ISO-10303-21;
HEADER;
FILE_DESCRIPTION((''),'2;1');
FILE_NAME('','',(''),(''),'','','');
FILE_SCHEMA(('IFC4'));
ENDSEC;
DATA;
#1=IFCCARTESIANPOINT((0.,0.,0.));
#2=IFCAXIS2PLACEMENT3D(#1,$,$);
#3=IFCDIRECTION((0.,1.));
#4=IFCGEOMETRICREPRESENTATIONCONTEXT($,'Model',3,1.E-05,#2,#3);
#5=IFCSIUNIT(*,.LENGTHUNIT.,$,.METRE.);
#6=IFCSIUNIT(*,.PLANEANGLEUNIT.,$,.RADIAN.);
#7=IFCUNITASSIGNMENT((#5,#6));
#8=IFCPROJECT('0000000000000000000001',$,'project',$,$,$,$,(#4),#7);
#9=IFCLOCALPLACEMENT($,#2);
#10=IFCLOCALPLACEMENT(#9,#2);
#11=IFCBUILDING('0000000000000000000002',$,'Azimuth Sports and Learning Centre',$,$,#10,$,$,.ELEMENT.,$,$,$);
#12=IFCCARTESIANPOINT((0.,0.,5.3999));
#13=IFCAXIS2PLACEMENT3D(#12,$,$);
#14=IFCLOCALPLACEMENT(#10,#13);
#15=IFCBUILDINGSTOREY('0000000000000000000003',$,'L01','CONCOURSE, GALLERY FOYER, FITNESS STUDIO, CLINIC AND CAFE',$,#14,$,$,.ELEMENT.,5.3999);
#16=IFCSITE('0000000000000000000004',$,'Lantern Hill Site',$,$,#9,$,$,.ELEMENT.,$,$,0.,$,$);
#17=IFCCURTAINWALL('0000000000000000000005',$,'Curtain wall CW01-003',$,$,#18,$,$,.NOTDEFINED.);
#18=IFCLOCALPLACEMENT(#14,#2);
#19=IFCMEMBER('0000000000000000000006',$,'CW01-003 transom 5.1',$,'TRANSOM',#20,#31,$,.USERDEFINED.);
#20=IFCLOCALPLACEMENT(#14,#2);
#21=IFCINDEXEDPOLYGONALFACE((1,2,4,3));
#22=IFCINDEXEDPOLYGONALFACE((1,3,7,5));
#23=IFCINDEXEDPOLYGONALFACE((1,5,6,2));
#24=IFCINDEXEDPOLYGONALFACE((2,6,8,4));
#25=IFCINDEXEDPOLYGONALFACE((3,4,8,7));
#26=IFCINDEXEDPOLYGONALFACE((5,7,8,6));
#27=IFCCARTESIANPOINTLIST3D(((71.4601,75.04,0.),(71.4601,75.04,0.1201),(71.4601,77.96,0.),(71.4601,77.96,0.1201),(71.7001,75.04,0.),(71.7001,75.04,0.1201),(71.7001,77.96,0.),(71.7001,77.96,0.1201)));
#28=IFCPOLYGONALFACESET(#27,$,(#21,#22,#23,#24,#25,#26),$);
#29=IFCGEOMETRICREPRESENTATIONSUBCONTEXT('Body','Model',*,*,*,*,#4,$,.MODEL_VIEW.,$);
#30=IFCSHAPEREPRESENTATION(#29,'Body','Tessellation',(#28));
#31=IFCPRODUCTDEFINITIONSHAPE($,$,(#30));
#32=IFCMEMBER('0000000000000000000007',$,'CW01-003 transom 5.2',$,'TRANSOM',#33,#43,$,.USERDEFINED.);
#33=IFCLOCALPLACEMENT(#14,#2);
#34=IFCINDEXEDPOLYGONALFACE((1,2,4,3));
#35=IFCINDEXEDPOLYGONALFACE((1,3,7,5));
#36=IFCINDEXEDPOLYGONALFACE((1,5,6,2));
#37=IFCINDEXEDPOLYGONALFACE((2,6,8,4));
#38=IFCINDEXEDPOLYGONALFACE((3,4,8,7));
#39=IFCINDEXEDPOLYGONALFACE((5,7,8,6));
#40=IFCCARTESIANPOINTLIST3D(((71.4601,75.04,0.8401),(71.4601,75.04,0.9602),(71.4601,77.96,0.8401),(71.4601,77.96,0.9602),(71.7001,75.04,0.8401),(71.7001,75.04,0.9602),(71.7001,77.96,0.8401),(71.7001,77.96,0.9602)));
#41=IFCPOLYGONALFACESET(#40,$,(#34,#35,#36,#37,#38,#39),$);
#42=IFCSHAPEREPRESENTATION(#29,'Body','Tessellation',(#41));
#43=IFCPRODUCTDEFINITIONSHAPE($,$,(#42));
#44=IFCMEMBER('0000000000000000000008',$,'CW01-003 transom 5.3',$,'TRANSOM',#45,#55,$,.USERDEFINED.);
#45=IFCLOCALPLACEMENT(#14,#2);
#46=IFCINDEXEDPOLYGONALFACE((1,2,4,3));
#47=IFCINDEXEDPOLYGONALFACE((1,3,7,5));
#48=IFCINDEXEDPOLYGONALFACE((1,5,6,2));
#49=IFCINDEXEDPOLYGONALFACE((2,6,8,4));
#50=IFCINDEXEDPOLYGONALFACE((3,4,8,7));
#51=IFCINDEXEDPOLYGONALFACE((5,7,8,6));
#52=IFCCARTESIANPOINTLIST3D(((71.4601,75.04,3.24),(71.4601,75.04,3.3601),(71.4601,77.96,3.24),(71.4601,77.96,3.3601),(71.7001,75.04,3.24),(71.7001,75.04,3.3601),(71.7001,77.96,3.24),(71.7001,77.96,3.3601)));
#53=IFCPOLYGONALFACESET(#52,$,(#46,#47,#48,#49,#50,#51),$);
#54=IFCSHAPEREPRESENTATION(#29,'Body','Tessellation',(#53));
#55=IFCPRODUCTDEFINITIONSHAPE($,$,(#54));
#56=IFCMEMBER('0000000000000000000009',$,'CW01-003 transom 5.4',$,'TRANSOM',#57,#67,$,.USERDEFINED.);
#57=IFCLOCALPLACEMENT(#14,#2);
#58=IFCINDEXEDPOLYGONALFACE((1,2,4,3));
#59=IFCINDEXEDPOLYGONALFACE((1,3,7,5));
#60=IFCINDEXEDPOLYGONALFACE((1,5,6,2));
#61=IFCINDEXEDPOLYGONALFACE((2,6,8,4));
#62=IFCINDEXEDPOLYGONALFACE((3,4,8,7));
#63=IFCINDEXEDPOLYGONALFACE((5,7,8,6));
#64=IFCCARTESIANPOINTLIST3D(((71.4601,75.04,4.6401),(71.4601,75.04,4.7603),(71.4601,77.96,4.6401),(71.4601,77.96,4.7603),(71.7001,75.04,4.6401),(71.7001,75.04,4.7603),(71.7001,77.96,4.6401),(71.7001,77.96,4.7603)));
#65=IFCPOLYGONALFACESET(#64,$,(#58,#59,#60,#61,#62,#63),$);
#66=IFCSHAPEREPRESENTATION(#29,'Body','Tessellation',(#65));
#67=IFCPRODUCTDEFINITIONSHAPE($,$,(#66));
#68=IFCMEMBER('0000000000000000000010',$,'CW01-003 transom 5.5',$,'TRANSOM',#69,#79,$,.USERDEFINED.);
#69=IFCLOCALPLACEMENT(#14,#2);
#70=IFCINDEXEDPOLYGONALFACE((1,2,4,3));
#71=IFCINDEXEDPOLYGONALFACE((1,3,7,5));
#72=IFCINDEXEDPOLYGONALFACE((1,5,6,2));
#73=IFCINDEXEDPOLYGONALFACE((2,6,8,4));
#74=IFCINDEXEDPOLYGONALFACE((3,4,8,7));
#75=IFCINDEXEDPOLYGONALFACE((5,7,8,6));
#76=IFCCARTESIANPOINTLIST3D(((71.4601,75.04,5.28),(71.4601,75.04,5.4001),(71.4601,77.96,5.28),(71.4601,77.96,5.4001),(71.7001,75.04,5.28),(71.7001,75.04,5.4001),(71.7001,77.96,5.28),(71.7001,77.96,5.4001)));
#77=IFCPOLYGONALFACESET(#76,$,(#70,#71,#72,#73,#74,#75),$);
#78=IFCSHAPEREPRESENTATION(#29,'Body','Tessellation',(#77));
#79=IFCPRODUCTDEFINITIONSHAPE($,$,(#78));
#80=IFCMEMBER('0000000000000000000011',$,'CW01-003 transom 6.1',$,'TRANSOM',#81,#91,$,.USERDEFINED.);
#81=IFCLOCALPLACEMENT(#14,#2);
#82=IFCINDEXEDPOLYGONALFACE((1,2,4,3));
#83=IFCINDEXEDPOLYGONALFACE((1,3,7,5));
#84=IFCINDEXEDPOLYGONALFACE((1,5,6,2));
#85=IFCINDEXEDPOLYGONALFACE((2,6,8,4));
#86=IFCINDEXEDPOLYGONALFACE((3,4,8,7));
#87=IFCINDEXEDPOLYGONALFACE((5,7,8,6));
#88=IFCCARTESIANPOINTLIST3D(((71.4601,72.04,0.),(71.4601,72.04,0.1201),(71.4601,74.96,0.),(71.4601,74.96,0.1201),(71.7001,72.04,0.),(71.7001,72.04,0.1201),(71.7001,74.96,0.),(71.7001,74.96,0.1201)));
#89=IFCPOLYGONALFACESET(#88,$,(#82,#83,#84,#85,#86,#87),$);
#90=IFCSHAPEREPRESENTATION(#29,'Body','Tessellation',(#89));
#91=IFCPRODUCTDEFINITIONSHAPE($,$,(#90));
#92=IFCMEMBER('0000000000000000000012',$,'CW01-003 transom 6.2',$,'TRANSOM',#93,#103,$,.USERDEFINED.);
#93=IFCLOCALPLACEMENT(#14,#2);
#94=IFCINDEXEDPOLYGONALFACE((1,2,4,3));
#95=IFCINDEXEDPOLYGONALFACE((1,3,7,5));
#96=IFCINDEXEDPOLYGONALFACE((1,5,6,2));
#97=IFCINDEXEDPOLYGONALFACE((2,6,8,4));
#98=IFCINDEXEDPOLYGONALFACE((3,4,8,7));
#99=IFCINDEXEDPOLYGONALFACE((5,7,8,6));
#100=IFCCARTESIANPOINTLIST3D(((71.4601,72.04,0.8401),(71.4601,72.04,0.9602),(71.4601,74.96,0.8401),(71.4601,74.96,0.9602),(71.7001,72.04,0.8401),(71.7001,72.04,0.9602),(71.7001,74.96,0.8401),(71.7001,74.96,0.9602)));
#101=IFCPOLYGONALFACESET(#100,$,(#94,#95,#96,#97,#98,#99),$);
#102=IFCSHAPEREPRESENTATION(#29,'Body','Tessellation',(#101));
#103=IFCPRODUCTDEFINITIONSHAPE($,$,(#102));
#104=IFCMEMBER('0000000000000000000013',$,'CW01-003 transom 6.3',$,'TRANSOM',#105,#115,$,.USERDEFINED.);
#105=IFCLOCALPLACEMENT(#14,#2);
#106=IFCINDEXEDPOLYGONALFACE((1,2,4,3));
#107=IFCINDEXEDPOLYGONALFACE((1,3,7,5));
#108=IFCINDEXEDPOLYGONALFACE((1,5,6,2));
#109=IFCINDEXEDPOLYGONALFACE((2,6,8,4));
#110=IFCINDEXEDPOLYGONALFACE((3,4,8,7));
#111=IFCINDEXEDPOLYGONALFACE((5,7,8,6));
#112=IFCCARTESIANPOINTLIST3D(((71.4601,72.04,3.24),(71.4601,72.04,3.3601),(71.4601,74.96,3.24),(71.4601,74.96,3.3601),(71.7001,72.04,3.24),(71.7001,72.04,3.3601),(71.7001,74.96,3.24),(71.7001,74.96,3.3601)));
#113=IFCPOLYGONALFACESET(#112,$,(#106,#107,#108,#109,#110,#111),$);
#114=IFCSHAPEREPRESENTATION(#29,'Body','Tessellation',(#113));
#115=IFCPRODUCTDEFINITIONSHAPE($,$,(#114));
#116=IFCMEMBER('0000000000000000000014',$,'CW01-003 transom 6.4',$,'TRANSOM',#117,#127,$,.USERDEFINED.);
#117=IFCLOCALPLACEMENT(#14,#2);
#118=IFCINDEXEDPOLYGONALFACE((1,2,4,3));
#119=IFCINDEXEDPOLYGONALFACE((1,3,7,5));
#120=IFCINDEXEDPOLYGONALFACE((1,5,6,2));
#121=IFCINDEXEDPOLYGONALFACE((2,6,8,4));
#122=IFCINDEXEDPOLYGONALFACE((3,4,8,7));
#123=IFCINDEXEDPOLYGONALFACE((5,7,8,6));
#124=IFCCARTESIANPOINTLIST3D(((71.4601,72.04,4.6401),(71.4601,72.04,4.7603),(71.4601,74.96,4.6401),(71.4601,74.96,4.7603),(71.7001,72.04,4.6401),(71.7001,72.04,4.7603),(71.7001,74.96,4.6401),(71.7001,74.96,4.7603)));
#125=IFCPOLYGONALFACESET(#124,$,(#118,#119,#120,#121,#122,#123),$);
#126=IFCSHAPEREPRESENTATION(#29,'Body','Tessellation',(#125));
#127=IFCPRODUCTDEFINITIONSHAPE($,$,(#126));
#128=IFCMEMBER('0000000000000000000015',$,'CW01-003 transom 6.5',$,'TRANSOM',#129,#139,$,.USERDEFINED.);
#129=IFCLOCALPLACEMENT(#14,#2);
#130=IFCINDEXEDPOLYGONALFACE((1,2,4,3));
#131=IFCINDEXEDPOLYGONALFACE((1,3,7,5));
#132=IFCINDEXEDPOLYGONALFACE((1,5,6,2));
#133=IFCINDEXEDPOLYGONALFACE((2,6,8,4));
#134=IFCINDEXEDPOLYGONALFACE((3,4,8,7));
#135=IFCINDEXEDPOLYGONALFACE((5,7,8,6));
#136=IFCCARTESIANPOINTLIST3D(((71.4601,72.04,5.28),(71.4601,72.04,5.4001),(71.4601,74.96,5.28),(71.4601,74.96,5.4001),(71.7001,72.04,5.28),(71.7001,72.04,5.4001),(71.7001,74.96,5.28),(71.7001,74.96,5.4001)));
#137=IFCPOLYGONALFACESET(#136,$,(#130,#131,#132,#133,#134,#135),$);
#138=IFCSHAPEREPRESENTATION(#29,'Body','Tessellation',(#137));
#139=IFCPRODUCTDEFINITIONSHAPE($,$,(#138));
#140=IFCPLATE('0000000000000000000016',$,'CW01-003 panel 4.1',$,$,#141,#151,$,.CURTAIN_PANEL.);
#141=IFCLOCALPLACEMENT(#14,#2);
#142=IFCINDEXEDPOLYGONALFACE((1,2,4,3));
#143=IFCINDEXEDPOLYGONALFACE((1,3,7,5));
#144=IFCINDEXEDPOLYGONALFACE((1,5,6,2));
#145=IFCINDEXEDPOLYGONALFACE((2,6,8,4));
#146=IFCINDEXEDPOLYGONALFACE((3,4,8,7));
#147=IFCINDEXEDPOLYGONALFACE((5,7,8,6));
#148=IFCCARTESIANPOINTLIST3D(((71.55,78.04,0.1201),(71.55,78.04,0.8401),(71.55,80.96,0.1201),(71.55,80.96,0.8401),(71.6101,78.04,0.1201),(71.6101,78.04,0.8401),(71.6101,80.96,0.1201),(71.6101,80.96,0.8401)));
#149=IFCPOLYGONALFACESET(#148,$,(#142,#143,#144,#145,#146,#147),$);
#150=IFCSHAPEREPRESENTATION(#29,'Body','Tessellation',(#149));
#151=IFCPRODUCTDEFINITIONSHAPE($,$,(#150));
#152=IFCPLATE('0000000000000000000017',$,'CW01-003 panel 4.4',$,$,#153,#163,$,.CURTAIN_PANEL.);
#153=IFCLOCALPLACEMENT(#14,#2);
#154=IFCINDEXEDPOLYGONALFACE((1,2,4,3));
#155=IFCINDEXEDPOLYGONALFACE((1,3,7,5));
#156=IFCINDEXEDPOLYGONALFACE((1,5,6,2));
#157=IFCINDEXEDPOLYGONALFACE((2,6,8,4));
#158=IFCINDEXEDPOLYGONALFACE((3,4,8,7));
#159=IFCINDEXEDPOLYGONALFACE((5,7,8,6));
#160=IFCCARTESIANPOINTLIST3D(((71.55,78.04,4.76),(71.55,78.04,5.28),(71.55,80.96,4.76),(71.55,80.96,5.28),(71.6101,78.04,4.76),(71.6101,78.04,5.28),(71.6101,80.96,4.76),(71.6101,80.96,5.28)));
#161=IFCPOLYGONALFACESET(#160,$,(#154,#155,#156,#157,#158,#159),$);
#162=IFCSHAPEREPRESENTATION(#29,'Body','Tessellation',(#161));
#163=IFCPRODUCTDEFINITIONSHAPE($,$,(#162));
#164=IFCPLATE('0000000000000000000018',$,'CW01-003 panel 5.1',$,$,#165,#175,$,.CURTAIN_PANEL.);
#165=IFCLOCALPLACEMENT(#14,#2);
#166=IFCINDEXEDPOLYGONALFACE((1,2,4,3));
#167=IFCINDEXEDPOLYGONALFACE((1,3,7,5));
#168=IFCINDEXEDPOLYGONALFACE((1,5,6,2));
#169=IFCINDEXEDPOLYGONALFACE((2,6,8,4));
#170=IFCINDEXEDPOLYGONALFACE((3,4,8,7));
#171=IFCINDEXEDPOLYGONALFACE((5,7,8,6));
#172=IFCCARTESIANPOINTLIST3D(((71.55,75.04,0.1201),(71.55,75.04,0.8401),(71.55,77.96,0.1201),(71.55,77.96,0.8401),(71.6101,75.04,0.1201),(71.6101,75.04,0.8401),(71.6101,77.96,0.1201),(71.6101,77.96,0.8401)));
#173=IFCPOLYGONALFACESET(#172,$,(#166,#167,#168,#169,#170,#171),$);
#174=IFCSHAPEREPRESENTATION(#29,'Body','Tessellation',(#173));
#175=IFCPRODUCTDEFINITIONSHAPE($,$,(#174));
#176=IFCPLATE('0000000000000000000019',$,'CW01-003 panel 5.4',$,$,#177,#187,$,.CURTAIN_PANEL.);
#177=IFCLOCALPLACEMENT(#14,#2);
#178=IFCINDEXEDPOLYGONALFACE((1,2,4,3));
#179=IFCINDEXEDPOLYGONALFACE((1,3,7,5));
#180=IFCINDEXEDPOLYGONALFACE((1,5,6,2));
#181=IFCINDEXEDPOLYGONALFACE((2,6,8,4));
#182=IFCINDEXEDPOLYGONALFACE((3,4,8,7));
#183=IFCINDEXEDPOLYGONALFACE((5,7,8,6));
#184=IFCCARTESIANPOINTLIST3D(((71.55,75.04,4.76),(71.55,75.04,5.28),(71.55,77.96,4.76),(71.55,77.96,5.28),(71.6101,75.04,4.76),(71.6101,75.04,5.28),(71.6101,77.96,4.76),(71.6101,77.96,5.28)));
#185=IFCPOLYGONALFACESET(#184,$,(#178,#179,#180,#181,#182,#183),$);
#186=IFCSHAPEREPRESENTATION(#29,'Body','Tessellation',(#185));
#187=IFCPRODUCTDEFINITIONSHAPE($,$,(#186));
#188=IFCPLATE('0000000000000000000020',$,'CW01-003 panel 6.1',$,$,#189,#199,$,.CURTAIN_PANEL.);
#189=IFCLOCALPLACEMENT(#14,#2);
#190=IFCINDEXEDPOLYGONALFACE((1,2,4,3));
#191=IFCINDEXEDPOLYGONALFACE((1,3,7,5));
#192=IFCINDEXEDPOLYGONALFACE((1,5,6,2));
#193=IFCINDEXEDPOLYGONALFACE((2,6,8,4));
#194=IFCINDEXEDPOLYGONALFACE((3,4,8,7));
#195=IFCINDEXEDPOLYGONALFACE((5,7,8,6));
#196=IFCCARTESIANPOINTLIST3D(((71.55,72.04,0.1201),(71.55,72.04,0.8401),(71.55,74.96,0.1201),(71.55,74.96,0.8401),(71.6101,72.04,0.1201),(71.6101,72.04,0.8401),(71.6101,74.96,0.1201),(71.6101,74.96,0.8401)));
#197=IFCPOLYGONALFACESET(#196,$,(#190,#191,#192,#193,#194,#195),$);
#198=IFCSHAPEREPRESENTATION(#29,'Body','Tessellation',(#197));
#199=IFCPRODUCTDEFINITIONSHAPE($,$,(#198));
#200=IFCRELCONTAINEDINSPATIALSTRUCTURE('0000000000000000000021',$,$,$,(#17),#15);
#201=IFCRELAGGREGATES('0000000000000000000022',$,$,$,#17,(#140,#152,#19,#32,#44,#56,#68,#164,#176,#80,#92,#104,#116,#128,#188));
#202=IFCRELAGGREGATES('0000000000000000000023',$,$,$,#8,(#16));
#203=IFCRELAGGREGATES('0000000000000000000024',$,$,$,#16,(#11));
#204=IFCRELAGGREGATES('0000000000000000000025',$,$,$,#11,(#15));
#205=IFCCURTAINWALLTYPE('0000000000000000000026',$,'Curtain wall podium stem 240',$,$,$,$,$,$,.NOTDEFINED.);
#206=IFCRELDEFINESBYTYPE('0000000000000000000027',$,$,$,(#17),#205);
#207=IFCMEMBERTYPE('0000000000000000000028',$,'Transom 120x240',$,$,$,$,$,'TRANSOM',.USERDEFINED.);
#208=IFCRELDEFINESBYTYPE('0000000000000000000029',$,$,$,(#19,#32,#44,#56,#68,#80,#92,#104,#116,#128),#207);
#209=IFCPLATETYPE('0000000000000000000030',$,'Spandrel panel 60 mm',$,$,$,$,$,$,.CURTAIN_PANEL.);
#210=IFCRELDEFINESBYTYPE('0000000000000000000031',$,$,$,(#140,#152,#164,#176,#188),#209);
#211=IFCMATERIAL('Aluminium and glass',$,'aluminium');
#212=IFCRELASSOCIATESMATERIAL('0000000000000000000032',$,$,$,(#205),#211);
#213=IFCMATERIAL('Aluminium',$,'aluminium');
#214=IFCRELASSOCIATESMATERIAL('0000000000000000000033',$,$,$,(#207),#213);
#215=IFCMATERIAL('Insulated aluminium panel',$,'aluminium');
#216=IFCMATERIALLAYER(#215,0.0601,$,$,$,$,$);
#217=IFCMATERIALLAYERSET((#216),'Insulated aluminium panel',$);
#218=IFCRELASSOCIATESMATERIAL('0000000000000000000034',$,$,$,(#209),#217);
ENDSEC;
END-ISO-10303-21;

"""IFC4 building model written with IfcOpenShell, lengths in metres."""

from ifc_helpers import new_model, si_unit, direction, frame, origin, origin_2d, place, context, subcontext, project, spatial, rectangle, extrude, material, layer, layer_set, material_profile, profile_set, type_object, element, aggregate, save


model = new_model("IFC4")

# Units and contexts
model_context = context("Model", 3, precision=1e-05, world=origin(), true_north=direction((0.0, 1.0)))
body_context = subcontext(model_context, "Body", "Model", "MODEL_VIEW")
ifc_project = project(units=[si_unit("LENGTHUNIT", "METRE"), si_unit("PLANEANGLEUNIT", "RADIAN")], contexts=[model_context])

# Site, building, storey
site_placement = place(None, origin())
site = spatial("IfcSite", under=ifc_project, at=site_placement, Name="Lantern Hill Site", CompositionType="ELEMENT", RefElevation=0.0)
building_placement = place(site_placement, origin())
building = spatial("IfcBuilding", under=site, at=building_placement, Name="Azimuth Sports and Learning Centre", CompositionType="ELEMENT")
storey_placement = place(building_placement, frame((0.0, 0.0, 5.3999)))
storey = spatial("IfcBuildingStorey", under=building, at=storey_placement, Name="L01", Description="CONCOURSE, GALLERY FOYER, FITNESS STUDIO, CLINIC AND CAFE", CompositionType="ELEMENT", Elevation=5.3999)

# Curtain wall, members, plates
ifc_material_1 = material(Name="Aluminium and glass", Category="aluminium")
curtain_wall_type = type_object("IfcCurtainWallType", Name="Curtain wall podium stem 240", PredefinedType="NOTDEFINED", material=ifc_material_1)
curtain_wall_placement = place(storey_placement, origin())
curtain_wall = element("IfcCurtainWall", 1, at=curtain_wall_placement, inside=storey, type_object=curtain_wall_type, Name="Curtain wall CW01-003", PredefinedType="NOTDEFINED")
ifc_material_2 = material(Name="Aluminium", Category="aluminium")
ifc_material_profile_1 = material_profile(ifc_material_2, rectangle(XDim=0.24, YDim=0.1201, at=origin_2d()), Name="Transom 120x240")
ifc_profile_set_1 = profile_set([ifc_material_profile_1], Name="Aluminium")
member_type_1 = type_object("IfcMemberType", Name="Transom 120x240", ElementType="TRANSOM", PredefinedType="USERDEFINED", material=ifc_profile_set_1)
member_1_placement = place(storey_placement, frame((71.5801, 77.96, 0.0601), z_axis=(0.0, -1.0, 0.0), x_axis=(1.0, 0.0, 0.0)))
member_1 = element("IfcMember", 2, at=member_1_placement, type_object=member_type_1, Name="CW01-003 transom 5.1", ObjectType="TRANSOM", PredefinedType="USERDEFINED", context=body_context, shape_type="SweptSolid", body=[
    extrude(rectangle(XDim=0.24, YDim=0.1201, at=origin_2d()), origin(), (0.0, 0.0, 1.0), 2.9199),
])
member_2_placement = place(storey_placement, frame((71.5801, 77.96, 0.9001), z_axis=(0.0, -1.0, 0.0), x_axis=(1.0, 0.0, 0.0)))
member_2 = element("IfcMember", 3, at=member_2_placement, type_object=member_type_1, Name="CW01-003 transom 5.2", ObjectType="TRANSOM", PredefinedType="USERDEFINED", context=body_context, shape_type="SweptSolid", body=[
    extrude(rectangle(XDim=0.24, YDim=0.1201, at=origin_2d()), origin(), (0.0, 0.0, 1.0), 2.9199),
])
member_3_placement = place(storey_placement, frame((71.5801, 77.96, 3.3), z_axis=(0.0, -1.0, 0.0), x_axis=(1.0, 0.0, 0.0)))
member_3 = element("IfcMember", 4, at=member_3_placement, type_object=member_type_1, Name="CW01-003 transom 5.3", ObjectType="TRANSOM", PredefinedType="USERDEFINED", context=body_context, shape_type="SweptSolid", body=[
    extrude(rectangle(XDim=0.24, YDim=0.1201, at=origin_2d()), origin(), (0.0, 0.0, 1.0), 2.9199),
])
member_4_placement = place(storey_placement, frame((71.5801, 77.96, 4.7002), z_axis=(0.0, -1.0, 0.0), x_axis=(1.0, 0.0, 0.0)))
member_4 = element("IfcMember", 5, at=member_4_placement, type_object=member_type_1, Name="CW01-003 transom 5.4", ObjectType="TRANSOM", PredefinedType="USERDEFINED", context=body_context, shape_type="SweptSolid", body=[
    extrude(rectangle(XDim=0.24, YDim=0.1201, at=origin_2d()), origin(), (0.0, 0.0, 1.0), 2.9199),
])
member_5_placement = place(storey_placement, frame((71.5801, 77.96, 5.3401), z_axis=(0.0, -1.0, 0.0), x_axis=(1.0, 0.0, 0.0)))
member_5 = element("IfcMember", 6, at=member_5_placement, type_object=member_type_1, Name="CW01-003 transom 5.5", ObjectType="TRANSOM", PredefinedType="USERDEFINED", context=body_context, shape_type="SweptSolid", body=[
    extrude(rectangle(XDim=0.24, YDim=0.1201, at=origin_2d()), origin(), (0.0, 0.0, 1.0), 2.9199),
])
member_6_placement = place(storey_placement, frame((71.5801, 74.96, 0.0601), z_axis=(0.0, -1.0, 0.0), x_axis=(1.0, 0.0, 0.0)))
member_6 = element("IfcMember", 7, at=member_6_placement, type_object=member_type_1, Name="CW01-003 transom 6.1", ObjectType="TRANSOM", PredefinedType="USERDEFINED", context=body_context, shape_type="SweptSolid", body=[
    extrude(rectangle(XDim=0.24, YDim=0.1201, at=origin_2d()), origin(), (0.0, 0.0, 1.0), 2.9199),
])
member_7_placement = place(storey_placement, frame((71.5801, 74.96, 0.9001), z_axis=(0.0, -1.0, 0.0), x_axis=(1.0, 0.0, 0.0)))
member_7 = element("IfcMember", 8, at=member_7_placement, type_object=member_type_1, Name="CW01-003 transom 6.2", ObjectType="TRANSOM", PredefinedType="USERDEFINED", context=body_context, shape_type="SweptSolid", body=[
    extrude(rectangle(XDim=0.24, YDim=0.1201, at=origin_2d()), origin(), (0.0, 0.0, 1.0), 2.9199),
])
member_8_placement = place(storey_placement, frame((71.5801, 74.96, 3.3), z_axis=(0.0, -1.0, 0.0), x_axis=(1.0, 0.0, 0.0)))
member_8 = element("IfcMember", 9, at=member_8_placement, type_object=member_type_1, Name="CW01-003 transom 6.3", ObjectType="TRANSOM", PredefinedType="USERDEFINED", context=body_context, shape_type="SweptSolid", body=[
    extrude(rectangle(XDim=0.24, YDim=0.1201, at=origin_2d()), origin(), (0.0, 0.0, 1.0), 2.9199),
])
member_9_placement = place(storey_placement, frame((71.5801, 74.96, 4.7002), z_axis=(0.0, -1.0, 0.0), x_axis=(1.0, 0.0, 0.0)))
member_9 = element("IfcMember", 10, at=member_9_placement, type_object=member_type_1, Name="CW01-003 transom 6.4", ObjectType="TRANSOM", PredefinedType="USERDEFINED", context=body_context, shape_type="SweptSolid", body=[
    extrude(rectangle(XDim=0.24, YDim=0.1201, at=origin_2d()), origin(), (0.0, 0.0, 1.0), 2.9199),
])
member_10_placement = place(storey_placement, frame((71.5801, 74.96, 5.3401), z_axis=(0.0, -1.0, 0.0), x_axis=(1.0, 0.0, 0.0)))
member_10 = element("IfcMember", 11, at=member_10_placement, type_object=member_type_1, Name="CW01-003 transom 6.5", ObjectType="TRANSOM", PredefinedType="USERDEFINED", context=body_context, shape_type="SweptSolid", body=[
    extrude(rectangle(XDim=0.24, YDim=0.1201, at=origin_2d()), origin(), (0.0, 0.0, 1.0), 2.9199),
])
ifc_material_3 = material(Name="Insulated aluminium panel", Category="aluminium")
ifc_layer_1 = layer(ifc_material_3, 0.0601)
ifc_layer_set_1 = layer_set([ifc_layer_1], Name="Insulated aluminium panel")
plate_type_1 = type_object("IfcPlateType", Name="Spandrel panel 60 mm", PredefinedType="CURTAIN_PANEL", material=ifc_layer_set_1)
plate_1_placement = place(storey_placement, frame((71.5801, 79.5, 0.1201), z_axis=(0.0, 0.0, 1.0), x_axis=(0.0, -1.0, 0.0)))
plate_1 = element("IfcPlate", 12, at=plate_1_placement, type_object=plate_type_1, Name="CW01-003 panel 4.1", PredefinedType="CURTAIN_PANEL", context=body_context, shape_type="SweptSolid", body=[
    extrude(rectangle(XDim=2.9199, YDim=0.0601, at=origin_2d()), origin(), (0.0, 0.0, 1.0), 0.72),
])
plate_2_placement = place(storey_placement, frame((71.5801, 79.5, 4.76), z_axis=(0.0, 0.0, 1.0), x_axis=(0.0, -1.0, 0.0)))
plate_2 = element("IfcPlate", 13, at=plate_2_placement, type_object=plate_type_1, Name="CW01-003 panel 4.4", PredefinedType="CURTAIN_PANEL", context=body_context, shape_type="SweptSolid", body=[
    extrude(rectangle(XDim=2.9199, YDim=0.0601, at=origin_2d()), origin(), (0.0, 0.0, 1.0), 0.52),
])
plate_3_placement = place(storey_placement, frame((71.5801, 76.5, 0.1201), z_axis=(0.0, 0.0, 1.0), x_axis=(0.0, -1.0, 0.0)))
plate_3 = element("IfcPlate", 14, at=plate_3_placement, type_object=plate_type_1, Name="CW01-003 panel 5.1", PredefinedType="CURTAIN_PANEL", context=body_context, shape_type="SweptSolid", body=[
    extrude(rectangle(XDim=2.9199, YDim=0.0601, at=origin_2d()), origin(), (0.0, 0.0, 1.0), 0.72),
])
plate_4_placement = place(storey_placement, frame((71.5801, 76.5, 4.76), z_axis=(0.0, 0.0, 1.0), x_axis=(0.0, -1.0, 0.0)))
plate_4 = element("IfcPlate", 15, at=plate_4_placement, type_object=plate_type_1, Name="CW01-003 panel 5.4", PredefinedType="CURTAIN_PANEL", context=body_context, shape_type="SweptSolid", body=[
    extrude(rectangle(XDim=2.9199, YDim=0.0601, at=origin_2d()), origin(), (0.0, 0.0, 1.0), 0.52),
])
plate_5_placement = place(storey_placement, frame((71.5801, 73.5, 0.1201), z_axis=(0.0, 0.0, 1.0), x_axis=(0.0, -1.0, 0.0)))
plate_5 = element("IfcPlate", 16, at=plate_5_placement, type_object=plate_type_1, Name="CW01-003 panel 6.1", PredefinedType="CURTAIN_PANEL", context=body_context, shape_type="SweptSolid", body=[
    extrude(rectangle(XDim=2.9199, YDim=0.0601, at=origin_2d()), origin(), (0.0, 0.0, 1.0), 0.72),
])
aggregate(curtain_wall, [plate_1, plate_2, member_1, member_2, member_3, member_4, member_5, plate_3, plate_4, member_6, member_7, member_8, member_9, member_10, plate_5])

save(model, "model.ifc")
